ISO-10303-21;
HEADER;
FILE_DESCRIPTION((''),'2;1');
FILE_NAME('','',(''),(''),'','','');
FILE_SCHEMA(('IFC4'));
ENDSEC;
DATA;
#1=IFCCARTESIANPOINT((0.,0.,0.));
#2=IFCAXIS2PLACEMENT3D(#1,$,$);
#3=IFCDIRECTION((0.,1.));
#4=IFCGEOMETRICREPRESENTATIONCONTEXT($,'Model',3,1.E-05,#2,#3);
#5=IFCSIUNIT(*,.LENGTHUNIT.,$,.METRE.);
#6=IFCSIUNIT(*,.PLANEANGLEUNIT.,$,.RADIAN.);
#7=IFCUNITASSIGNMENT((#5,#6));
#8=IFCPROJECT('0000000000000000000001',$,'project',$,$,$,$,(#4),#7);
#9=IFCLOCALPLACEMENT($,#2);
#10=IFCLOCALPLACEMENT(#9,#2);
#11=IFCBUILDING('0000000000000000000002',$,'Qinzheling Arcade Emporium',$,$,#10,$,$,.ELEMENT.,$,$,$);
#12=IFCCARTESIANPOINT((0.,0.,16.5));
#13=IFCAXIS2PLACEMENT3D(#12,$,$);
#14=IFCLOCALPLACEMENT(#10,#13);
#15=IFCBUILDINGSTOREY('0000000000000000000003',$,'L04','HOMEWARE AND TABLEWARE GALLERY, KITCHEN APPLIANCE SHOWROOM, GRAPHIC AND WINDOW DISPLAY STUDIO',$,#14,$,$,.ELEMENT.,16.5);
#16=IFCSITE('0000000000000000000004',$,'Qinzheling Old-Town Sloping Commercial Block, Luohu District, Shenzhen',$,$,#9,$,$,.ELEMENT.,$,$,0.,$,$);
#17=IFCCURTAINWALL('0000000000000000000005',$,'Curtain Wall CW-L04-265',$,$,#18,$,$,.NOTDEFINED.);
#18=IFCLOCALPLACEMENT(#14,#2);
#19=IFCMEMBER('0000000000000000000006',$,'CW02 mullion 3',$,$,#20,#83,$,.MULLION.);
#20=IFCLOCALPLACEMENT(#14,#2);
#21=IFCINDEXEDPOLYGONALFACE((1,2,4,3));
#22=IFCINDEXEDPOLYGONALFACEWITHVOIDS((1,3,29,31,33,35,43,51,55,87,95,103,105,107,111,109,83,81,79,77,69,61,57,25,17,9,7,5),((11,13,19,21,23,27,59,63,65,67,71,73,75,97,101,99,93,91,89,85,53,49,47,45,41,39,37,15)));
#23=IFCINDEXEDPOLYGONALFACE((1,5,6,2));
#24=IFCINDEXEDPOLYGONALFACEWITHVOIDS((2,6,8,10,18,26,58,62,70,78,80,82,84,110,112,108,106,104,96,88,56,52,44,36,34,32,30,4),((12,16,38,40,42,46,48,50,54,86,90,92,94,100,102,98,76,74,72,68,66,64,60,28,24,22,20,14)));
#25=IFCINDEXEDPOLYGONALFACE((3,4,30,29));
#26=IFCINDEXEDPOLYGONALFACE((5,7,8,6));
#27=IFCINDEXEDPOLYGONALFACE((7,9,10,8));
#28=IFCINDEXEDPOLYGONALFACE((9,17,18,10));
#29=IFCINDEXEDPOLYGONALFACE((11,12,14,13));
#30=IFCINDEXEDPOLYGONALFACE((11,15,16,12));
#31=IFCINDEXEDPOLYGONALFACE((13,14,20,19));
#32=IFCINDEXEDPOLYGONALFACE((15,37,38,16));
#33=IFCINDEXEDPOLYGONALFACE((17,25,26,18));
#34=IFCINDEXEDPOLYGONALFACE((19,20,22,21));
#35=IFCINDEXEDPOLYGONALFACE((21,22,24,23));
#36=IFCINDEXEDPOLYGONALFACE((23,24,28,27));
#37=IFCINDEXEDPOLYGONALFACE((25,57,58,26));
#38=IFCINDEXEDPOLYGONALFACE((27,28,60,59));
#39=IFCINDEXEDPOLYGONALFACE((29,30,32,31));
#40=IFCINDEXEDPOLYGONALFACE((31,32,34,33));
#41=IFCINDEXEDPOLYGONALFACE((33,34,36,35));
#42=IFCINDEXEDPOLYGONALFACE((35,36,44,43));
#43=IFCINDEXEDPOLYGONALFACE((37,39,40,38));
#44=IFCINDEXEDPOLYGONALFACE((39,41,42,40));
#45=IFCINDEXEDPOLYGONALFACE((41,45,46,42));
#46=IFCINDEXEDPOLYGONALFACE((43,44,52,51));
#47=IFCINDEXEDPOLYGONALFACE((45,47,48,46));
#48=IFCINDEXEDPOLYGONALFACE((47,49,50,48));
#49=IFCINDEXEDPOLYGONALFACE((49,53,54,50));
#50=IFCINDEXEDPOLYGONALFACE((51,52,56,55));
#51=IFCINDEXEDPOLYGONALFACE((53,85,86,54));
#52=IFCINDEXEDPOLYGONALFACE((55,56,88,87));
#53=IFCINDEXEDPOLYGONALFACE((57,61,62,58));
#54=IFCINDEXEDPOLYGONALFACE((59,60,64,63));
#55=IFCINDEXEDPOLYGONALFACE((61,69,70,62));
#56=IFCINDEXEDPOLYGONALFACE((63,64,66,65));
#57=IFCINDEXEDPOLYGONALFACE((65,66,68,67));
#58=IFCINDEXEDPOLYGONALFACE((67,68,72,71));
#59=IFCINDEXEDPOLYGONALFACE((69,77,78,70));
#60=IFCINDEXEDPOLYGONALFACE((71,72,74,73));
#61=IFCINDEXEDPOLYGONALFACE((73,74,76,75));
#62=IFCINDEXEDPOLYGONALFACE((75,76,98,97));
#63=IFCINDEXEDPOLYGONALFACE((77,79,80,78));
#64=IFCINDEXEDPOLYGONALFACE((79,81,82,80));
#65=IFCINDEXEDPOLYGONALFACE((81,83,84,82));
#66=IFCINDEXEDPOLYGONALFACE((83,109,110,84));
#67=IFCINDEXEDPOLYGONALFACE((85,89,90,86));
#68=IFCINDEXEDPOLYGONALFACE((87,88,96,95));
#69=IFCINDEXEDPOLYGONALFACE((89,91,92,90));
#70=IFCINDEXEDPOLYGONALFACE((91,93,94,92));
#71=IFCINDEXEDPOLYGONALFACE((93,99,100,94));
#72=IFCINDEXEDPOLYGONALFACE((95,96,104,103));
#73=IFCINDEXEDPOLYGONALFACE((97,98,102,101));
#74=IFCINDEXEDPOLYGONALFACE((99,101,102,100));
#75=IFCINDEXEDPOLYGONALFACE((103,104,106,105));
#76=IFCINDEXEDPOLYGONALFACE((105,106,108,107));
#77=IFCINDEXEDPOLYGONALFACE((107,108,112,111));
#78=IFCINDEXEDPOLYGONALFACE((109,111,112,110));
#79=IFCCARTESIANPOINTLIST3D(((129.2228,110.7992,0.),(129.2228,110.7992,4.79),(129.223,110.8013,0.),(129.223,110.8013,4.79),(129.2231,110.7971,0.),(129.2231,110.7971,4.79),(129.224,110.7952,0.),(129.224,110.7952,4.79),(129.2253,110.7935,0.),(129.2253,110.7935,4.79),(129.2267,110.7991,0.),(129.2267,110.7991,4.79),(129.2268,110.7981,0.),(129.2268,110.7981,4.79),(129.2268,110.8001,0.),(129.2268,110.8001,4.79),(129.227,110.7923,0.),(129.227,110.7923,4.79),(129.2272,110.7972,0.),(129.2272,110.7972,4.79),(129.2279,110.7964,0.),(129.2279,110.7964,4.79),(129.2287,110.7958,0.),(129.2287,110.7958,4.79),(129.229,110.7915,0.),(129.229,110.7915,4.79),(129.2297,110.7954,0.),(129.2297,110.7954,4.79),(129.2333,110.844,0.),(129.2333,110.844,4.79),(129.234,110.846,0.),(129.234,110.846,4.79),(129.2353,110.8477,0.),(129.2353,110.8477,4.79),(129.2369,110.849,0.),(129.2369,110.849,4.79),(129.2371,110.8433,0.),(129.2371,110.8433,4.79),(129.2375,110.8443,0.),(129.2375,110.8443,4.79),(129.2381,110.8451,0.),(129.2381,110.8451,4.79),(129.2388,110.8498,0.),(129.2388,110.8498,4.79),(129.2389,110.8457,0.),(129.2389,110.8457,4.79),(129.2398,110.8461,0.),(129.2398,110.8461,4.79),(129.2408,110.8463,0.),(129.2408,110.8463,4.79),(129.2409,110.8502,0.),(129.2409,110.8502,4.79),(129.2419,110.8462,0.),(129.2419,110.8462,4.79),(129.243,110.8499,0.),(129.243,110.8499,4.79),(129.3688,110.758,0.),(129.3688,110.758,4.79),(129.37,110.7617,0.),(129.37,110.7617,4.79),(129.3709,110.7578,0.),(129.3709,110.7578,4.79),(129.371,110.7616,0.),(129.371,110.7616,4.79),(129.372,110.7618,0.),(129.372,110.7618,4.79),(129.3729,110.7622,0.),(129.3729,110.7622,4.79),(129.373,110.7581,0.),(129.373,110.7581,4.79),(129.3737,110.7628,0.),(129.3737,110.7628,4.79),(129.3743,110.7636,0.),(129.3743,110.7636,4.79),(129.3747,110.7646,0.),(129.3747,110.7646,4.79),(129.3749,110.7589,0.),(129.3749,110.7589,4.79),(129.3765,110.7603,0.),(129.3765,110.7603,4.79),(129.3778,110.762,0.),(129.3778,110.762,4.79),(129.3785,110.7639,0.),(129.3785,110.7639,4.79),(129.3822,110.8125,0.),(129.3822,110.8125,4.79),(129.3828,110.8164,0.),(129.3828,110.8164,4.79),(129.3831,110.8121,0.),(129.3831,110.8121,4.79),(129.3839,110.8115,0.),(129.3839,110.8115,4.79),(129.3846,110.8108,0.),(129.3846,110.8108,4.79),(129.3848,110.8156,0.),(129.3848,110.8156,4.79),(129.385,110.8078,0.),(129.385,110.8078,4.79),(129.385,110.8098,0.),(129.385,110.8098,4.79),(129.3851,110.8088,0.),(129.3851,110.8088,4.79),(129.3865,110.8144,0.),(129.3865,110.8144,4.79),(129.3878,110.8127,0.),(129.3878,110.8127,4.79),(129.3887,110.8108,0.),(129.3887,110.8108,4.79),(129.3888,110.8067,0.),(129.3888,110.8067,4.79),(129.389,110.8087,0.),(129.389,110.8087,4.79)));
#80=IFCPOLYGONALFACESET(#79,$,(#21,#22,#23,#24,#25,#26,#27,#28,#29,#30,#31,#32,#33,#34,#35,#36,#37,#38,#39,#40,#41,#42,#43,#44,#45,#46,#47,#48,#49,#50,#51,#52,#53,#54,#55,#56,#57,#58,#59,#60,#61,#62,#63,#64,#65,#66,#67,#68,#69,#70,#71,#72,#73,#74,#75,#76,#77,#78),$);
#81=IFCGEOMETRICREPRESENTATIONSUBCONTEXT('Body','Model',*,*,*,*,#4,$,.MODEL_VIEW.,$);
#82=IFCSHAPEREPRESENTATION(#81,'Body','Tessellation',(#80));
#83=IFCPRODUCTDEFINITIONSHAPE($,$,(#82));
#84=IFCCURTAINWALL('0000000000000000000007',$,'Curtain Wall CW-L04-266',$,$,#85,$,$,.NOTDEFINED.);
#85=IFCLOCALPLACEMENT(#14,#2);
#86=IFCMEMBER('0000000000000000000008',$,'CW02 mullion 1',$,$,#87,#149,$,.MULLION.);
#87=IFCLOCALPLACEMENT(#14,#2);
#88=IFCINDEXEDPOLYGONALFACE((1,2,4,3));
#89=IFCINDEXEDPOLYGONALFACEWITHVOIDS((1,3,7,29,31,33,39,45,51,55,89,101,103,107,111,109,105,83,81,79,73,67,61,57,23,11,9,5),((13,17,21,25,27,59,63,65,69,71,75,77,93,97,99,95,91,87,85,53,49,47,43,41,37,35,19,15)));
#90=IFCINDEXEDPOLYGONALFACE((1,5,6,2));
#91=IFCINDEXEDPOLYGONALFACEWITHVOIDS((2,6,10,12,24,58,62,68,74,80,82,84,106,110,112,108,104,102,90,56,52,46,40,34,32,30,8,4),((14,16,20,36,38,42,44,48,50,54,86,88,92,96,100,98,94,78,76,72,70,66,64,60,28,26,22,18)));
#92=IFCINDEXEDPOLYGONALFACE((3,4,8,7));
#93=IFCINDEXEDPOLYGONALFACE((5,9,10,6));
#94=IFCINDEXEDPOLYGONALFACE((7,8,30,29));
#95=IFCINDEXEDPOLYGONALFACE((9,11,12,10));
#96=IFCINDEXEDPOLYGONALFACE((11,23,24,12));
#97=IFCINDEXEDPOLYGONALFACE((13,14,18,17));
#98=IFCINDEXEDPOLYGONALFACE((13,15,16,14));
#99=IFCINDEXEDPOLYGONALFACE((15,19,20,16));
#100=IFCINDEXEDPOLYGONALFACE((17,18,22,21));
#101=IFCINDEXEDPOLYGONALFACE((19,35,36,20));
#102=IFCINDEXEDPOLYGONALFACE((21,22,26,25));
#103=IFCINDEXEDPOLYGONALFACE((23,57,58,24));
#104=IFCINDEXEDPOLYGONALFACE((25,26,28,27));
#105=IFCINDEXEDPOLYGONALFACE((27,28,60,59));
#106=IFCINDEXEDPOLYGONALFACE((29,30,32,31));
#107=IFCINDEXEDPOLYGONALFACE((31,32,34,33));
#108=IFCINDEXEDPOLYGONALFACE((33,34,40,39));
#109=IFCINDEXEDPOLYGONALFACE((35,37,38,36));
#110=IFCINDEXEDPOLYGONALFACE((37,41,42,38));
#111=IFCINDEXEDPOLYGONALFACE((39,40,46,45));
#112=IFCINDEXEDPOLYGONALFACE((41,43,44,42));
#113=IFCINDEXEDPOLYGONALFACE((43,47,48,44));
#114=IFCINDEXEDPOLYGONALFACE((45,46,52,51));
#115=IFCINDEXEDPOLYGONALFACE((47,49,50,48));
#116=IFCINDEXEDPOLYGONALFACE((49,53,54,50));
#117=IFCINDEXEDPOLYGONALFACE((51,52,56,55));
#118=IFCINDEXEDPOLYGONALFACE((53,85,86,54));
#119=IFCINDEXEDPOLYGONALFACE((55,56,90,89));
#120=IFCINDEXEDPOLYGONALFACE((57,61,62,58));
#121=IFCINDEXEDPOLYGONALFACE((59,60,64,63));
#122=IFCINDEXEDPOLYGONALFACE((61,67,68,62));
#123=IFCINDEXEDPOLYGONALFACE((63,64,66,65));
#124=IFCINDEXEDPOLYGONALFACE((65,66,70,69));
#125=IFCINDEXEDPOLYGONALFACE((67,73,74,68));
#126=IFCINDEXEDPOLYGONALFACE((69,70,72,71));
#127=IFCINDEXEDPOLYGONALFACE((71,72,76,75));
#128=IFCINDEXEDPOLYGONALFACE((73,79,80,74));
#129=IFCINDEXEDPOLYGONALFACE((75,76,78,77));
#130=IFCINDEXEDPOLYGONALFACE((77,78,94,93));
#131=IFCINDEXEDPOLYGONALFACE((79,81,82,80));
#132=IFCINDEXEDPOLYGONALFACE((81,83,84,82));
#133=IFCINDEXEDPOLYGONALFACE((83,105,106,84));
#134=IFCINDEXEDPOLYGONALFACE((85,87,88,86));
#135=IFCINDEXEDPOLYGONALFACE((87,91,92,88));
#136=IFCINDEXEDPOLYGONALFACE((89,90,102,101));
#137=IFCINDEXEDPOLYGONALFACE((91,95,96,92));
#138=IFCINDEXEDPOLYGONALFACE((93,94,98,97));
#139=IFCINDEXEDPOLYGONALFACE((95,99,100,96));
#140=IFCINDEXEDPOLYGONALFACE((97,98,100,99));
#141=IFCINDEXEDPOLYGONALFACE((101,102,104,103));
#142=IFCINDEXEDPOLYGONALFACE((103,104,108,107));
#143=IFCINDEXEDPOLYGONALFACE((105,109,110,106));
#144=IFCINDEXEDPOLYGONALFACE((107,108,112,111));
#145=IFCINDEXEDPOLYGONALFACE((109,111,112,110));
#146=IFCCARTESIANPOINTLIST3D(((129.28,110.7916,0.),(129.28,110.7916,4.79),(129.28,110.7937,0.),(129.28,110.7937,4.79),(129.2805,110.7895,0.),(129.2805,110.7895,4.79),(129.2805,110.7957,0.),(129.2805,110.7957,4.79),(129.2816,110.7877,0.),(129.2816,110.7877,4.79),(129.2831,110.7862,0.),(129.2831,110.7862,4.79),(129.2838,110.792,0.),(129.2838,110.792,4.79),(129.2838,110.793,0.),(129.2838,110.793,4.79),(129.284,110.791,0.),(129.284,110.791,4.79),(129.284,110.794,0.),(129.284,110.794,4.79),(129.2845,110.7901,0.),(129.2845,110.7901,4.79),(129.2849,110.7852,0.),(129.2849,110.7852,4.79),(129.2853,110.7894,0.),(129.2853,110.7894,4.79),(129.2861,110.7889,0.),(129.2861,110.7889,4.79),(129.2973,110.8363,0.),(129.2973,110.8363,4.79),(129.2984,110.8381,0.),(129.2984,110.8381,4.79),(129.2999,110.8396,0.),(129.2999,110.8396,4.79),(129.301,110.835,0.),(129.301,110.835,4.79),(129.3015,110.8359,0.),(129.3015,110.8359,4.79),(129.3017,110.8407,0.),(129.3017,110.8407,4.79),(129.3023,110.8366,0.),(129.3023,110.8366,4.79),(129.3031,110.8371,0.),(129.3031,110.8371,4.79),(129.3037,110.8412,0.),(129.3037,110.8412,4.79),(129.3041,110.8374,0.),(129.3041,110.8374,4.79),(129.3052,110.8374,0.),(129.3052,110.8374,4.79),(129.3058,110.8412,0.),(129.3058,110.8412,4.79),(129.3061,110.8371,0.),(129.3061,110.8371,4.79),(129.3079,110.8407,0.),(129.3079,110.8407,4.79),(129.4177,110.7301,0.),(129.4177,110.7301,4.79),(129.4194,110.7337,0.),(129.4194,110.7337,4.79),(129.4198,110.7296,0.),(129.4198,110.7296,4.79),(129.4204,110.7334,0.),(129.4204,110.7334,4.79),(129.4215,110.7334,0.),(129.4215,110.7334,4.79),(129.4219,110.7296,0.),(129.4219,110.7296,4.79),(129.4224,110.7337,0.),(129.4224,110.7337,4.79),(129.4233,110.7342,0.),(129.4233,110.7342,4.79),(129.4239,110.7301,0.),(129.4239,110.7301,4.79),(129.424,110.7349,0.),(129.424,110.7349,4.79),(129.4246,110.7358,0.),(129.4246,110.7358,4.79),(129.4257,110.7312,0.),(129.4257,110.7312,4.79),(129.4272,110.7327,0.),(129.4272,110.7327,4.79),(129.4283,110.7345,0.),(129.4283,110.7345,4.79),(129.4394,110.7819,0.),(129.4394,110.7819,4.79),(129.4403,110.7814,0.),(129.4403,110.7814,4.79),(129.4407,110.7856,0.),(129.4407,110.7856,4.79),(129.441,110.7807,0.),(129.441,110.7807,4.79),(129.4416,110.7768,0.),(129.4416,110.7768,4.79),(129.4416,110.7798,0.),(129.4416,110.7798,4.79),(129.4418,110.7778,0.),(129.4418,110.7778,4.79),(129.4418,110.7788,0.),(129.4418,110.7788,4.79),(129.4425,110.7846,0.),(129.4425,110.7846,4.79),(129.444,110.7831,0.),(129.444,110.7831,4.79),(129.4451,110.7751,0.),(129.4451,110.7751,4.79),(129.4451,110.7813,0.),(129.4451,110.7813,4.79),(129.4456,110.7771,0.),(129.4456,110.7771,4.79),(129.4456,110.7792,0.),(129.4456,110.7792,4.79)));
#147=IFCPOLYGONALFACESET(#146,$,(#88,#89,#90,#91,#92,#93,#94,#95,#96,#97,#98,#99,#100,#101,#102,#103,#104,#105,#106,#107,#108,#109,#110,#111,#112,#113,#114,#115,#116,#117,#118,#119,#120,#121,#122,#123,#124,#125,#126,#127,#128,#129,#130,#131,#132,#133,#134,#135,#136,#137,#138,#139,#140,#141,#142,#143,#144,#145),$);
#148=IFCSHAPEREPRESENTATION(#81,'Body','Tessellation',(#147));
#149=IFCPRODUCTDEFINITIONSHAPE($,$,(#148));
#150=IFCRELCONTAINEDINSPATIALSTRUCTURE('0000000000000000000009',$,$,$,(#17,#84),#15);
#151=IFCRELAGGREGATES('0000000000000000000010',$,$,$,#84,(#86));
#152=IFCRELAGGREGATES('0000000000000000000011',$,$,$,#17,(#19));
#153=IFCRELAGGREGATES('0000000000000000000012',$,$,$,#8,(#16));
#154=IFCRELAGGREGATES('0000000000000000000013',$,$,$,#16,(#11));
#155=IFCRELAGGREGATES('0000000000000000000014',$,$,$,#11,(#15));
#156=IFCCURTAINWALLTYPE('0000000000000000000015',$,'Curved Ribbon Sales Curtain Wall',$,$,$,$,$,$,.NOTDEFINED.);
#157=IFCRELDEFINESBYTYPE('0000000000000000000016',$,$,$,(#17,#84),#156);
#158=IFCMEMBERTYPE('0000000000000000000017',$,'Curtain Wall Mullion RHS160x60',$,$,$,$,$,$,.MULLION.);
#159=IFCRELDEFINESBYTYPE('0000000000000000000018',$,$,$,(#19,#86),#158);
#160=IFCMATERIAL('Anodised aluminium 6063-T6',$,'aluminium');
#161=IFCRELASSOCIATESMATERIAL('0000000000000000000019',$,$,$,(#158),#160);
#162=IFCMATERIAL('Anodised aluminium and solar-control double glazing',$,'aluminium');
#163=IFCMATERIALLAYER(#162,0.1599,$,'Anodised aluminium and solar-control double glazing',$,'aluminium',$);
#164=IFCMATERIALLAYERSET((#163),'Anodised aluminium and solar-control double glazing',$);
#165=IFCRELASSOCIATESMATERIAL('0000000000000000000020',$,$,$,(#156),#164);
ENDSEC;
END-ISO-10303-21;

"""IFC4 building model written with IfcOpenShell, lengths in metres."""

from ifc_helpers import new_model, si_unit, direction, frame, origin, origin_2d, place, context, subcontext, project, spatial, hollow_rectangle, extrude, material, layer, layer_set, material_profile, profile_set, type_object, element, aggregate, save


model = new_model("IFC4")

# Units and contexts
model_context = context("Model", 3, precision=1e-05, world=origin(), true_north=direction((0.0, 1.0)))
body_context = subcontext(model_context, "Body", "Model", "MODEL_VIEW")
ifc_project = project(units=[si_unit("LENGTHUNIT", "METRE"), si_unit("PLANEANGLEUNIT", "RADIAN")], contexts=[model_context])

# Site, building, storey
site_placement = place(None, origin())
site = spatial("IfcSite", under=ifc_project, at=site_placement, Name="Qinzheling Old-Town Sloping Commercial Block, Luohu District, Shenzhen", CompositionType="ELEMENT", RefElevation=0.0)
building_placement = place(site_placement, origin())
building = spatial("IfcBuilding", under=site, at=building_placement, Name="Qinzheling Arcade Emporium", CompositionType="ELEMENT")
storey_placement = place(building_placement, frame((0.0, 0.0, 16.5)))
storey = spatial("IfcBuildingStorey", under=building, at=storey_placement, Name="L04", Description="HOMEWARE AND TABLEWARE GALLERY, KITCHEN APPLIANCE SHOWROOM, GRAPHIC AND WINDOW DISPLAY STUDIO", CompositionType="ELEMENT", Elevation=16.5)

# Shared definitions
ifc_material_1 = material(Name="Anodised aluminium and solar-control double glazing", Category="aluminium")
ifc_material_2 = material(Name="Anodised aluminium 6063-T6", Category="aluminium")
ifc_material_profile_1 = material_profile(ifc_material_2, hollow_rectangle(XDim=0.0601, YDim=0.1599, WallThickness=0.0039, InnerFilletRadius=0.0039, OuterFilletRadius=0.0081, at=origin_2d()), Name="RHS 160x60x4", Category="aluminium")
ifc_profile_set_1 = profile_set([ifc_material_profile_1], Name="Anodised aluminium 6063-T6")
member_type_1 = type_object("IfcMemberType", Name="Curtain Wall Mullion RHS160x60", PredefinedType="MULLION", material=ifc_profile_set_1)

# Curtain wall, member
ifc_layer_1 = layer(ifc_material_1, 0.1599, Name="Anodised aluminium and solar-control double glazing", Category="aluminium")
ifc_layer_set_1 = layer_set([ifc_layer_1], Name="Anodised aluminium and solar-control double glazing")
curtain_wall_type_1 = type_object("IfcCurtainWallType", Name="Curved Ribbon Sales Curtain Wall", PredefinedType="NOTDEFINED", material=ifc_layer_set_1)
curtain_wall_1_placement = place(storey_placement, origin())
curtain_wall_1 = element("IfcCurtainWall", 1, at=curtain_wall_1_placement, inside=storey, type_object=curtain_wall_type_1, Name="Curtain Wall CW-L04-265", PredefinedType="NOTDEFINED")
member_1_placement = place(storey_placement, frame((129.3059, 110.804, 0.0), z_axis=(0.0, 0.0, 1.0), x_axis=(0.233455, 0.972368, 0.0)))
member_1 = element("IfcMember", 2, at=member_1_placement, type_object=member_type_1, Name="CW02 mullion 3", PredefinedType="MULLION", context=body_context, shape_type="SweptSolid", body=[
    extrude(hollow_rectangle(XDim=0.0601, YDim=0.1599, WallThickness=0.0039, InnerFilletRadius=0.0039, OuterFilletRadius=0.0081, at=origin_2d()), origin(), (0.0, 0.0, 1.0), 4.79),
])

# Curtain wall, member
curtain_wall_2_placement = place(storey_placement, origin())
curtain_wall_2 = element("IfcCurtainWall", 3, at=curtain_wall_2_placement, inside=storey, type_object=curtain_wall_type_1, Name="Curtain Wall CW-L04-266", PredefinedType="NOTDEFINED")
member_2_placement = place(storey_placement, frame((129.3628, 110.7854, 0.0), z_axis=(0.0, 0.0, 1.0), x_axis=(0.382672, 0.923884, 0.0)))
member_2 = element("IfcMember", 4, at=member_2_placement, type_object=member_type_1, Name="CW02 mullion 1", PredefinedType="MULLION", context=body_context, shape_type="SweptSolid", body=[
    extrude(hollow_rectangle(XDim=0.0601, YDim=0.1599, WallThickness=0.0039, InnerFilletRadius=0.0039, OuterFilletRadius=0.0081, at=origin_2d()), origin(), (0.0, 0.0, 1.0), 4.79),
])

aggregate(curtain_wall_2, [member_2])

aggregate(curtain_wall_1, [member_1])

save(model, "model.ifc")
